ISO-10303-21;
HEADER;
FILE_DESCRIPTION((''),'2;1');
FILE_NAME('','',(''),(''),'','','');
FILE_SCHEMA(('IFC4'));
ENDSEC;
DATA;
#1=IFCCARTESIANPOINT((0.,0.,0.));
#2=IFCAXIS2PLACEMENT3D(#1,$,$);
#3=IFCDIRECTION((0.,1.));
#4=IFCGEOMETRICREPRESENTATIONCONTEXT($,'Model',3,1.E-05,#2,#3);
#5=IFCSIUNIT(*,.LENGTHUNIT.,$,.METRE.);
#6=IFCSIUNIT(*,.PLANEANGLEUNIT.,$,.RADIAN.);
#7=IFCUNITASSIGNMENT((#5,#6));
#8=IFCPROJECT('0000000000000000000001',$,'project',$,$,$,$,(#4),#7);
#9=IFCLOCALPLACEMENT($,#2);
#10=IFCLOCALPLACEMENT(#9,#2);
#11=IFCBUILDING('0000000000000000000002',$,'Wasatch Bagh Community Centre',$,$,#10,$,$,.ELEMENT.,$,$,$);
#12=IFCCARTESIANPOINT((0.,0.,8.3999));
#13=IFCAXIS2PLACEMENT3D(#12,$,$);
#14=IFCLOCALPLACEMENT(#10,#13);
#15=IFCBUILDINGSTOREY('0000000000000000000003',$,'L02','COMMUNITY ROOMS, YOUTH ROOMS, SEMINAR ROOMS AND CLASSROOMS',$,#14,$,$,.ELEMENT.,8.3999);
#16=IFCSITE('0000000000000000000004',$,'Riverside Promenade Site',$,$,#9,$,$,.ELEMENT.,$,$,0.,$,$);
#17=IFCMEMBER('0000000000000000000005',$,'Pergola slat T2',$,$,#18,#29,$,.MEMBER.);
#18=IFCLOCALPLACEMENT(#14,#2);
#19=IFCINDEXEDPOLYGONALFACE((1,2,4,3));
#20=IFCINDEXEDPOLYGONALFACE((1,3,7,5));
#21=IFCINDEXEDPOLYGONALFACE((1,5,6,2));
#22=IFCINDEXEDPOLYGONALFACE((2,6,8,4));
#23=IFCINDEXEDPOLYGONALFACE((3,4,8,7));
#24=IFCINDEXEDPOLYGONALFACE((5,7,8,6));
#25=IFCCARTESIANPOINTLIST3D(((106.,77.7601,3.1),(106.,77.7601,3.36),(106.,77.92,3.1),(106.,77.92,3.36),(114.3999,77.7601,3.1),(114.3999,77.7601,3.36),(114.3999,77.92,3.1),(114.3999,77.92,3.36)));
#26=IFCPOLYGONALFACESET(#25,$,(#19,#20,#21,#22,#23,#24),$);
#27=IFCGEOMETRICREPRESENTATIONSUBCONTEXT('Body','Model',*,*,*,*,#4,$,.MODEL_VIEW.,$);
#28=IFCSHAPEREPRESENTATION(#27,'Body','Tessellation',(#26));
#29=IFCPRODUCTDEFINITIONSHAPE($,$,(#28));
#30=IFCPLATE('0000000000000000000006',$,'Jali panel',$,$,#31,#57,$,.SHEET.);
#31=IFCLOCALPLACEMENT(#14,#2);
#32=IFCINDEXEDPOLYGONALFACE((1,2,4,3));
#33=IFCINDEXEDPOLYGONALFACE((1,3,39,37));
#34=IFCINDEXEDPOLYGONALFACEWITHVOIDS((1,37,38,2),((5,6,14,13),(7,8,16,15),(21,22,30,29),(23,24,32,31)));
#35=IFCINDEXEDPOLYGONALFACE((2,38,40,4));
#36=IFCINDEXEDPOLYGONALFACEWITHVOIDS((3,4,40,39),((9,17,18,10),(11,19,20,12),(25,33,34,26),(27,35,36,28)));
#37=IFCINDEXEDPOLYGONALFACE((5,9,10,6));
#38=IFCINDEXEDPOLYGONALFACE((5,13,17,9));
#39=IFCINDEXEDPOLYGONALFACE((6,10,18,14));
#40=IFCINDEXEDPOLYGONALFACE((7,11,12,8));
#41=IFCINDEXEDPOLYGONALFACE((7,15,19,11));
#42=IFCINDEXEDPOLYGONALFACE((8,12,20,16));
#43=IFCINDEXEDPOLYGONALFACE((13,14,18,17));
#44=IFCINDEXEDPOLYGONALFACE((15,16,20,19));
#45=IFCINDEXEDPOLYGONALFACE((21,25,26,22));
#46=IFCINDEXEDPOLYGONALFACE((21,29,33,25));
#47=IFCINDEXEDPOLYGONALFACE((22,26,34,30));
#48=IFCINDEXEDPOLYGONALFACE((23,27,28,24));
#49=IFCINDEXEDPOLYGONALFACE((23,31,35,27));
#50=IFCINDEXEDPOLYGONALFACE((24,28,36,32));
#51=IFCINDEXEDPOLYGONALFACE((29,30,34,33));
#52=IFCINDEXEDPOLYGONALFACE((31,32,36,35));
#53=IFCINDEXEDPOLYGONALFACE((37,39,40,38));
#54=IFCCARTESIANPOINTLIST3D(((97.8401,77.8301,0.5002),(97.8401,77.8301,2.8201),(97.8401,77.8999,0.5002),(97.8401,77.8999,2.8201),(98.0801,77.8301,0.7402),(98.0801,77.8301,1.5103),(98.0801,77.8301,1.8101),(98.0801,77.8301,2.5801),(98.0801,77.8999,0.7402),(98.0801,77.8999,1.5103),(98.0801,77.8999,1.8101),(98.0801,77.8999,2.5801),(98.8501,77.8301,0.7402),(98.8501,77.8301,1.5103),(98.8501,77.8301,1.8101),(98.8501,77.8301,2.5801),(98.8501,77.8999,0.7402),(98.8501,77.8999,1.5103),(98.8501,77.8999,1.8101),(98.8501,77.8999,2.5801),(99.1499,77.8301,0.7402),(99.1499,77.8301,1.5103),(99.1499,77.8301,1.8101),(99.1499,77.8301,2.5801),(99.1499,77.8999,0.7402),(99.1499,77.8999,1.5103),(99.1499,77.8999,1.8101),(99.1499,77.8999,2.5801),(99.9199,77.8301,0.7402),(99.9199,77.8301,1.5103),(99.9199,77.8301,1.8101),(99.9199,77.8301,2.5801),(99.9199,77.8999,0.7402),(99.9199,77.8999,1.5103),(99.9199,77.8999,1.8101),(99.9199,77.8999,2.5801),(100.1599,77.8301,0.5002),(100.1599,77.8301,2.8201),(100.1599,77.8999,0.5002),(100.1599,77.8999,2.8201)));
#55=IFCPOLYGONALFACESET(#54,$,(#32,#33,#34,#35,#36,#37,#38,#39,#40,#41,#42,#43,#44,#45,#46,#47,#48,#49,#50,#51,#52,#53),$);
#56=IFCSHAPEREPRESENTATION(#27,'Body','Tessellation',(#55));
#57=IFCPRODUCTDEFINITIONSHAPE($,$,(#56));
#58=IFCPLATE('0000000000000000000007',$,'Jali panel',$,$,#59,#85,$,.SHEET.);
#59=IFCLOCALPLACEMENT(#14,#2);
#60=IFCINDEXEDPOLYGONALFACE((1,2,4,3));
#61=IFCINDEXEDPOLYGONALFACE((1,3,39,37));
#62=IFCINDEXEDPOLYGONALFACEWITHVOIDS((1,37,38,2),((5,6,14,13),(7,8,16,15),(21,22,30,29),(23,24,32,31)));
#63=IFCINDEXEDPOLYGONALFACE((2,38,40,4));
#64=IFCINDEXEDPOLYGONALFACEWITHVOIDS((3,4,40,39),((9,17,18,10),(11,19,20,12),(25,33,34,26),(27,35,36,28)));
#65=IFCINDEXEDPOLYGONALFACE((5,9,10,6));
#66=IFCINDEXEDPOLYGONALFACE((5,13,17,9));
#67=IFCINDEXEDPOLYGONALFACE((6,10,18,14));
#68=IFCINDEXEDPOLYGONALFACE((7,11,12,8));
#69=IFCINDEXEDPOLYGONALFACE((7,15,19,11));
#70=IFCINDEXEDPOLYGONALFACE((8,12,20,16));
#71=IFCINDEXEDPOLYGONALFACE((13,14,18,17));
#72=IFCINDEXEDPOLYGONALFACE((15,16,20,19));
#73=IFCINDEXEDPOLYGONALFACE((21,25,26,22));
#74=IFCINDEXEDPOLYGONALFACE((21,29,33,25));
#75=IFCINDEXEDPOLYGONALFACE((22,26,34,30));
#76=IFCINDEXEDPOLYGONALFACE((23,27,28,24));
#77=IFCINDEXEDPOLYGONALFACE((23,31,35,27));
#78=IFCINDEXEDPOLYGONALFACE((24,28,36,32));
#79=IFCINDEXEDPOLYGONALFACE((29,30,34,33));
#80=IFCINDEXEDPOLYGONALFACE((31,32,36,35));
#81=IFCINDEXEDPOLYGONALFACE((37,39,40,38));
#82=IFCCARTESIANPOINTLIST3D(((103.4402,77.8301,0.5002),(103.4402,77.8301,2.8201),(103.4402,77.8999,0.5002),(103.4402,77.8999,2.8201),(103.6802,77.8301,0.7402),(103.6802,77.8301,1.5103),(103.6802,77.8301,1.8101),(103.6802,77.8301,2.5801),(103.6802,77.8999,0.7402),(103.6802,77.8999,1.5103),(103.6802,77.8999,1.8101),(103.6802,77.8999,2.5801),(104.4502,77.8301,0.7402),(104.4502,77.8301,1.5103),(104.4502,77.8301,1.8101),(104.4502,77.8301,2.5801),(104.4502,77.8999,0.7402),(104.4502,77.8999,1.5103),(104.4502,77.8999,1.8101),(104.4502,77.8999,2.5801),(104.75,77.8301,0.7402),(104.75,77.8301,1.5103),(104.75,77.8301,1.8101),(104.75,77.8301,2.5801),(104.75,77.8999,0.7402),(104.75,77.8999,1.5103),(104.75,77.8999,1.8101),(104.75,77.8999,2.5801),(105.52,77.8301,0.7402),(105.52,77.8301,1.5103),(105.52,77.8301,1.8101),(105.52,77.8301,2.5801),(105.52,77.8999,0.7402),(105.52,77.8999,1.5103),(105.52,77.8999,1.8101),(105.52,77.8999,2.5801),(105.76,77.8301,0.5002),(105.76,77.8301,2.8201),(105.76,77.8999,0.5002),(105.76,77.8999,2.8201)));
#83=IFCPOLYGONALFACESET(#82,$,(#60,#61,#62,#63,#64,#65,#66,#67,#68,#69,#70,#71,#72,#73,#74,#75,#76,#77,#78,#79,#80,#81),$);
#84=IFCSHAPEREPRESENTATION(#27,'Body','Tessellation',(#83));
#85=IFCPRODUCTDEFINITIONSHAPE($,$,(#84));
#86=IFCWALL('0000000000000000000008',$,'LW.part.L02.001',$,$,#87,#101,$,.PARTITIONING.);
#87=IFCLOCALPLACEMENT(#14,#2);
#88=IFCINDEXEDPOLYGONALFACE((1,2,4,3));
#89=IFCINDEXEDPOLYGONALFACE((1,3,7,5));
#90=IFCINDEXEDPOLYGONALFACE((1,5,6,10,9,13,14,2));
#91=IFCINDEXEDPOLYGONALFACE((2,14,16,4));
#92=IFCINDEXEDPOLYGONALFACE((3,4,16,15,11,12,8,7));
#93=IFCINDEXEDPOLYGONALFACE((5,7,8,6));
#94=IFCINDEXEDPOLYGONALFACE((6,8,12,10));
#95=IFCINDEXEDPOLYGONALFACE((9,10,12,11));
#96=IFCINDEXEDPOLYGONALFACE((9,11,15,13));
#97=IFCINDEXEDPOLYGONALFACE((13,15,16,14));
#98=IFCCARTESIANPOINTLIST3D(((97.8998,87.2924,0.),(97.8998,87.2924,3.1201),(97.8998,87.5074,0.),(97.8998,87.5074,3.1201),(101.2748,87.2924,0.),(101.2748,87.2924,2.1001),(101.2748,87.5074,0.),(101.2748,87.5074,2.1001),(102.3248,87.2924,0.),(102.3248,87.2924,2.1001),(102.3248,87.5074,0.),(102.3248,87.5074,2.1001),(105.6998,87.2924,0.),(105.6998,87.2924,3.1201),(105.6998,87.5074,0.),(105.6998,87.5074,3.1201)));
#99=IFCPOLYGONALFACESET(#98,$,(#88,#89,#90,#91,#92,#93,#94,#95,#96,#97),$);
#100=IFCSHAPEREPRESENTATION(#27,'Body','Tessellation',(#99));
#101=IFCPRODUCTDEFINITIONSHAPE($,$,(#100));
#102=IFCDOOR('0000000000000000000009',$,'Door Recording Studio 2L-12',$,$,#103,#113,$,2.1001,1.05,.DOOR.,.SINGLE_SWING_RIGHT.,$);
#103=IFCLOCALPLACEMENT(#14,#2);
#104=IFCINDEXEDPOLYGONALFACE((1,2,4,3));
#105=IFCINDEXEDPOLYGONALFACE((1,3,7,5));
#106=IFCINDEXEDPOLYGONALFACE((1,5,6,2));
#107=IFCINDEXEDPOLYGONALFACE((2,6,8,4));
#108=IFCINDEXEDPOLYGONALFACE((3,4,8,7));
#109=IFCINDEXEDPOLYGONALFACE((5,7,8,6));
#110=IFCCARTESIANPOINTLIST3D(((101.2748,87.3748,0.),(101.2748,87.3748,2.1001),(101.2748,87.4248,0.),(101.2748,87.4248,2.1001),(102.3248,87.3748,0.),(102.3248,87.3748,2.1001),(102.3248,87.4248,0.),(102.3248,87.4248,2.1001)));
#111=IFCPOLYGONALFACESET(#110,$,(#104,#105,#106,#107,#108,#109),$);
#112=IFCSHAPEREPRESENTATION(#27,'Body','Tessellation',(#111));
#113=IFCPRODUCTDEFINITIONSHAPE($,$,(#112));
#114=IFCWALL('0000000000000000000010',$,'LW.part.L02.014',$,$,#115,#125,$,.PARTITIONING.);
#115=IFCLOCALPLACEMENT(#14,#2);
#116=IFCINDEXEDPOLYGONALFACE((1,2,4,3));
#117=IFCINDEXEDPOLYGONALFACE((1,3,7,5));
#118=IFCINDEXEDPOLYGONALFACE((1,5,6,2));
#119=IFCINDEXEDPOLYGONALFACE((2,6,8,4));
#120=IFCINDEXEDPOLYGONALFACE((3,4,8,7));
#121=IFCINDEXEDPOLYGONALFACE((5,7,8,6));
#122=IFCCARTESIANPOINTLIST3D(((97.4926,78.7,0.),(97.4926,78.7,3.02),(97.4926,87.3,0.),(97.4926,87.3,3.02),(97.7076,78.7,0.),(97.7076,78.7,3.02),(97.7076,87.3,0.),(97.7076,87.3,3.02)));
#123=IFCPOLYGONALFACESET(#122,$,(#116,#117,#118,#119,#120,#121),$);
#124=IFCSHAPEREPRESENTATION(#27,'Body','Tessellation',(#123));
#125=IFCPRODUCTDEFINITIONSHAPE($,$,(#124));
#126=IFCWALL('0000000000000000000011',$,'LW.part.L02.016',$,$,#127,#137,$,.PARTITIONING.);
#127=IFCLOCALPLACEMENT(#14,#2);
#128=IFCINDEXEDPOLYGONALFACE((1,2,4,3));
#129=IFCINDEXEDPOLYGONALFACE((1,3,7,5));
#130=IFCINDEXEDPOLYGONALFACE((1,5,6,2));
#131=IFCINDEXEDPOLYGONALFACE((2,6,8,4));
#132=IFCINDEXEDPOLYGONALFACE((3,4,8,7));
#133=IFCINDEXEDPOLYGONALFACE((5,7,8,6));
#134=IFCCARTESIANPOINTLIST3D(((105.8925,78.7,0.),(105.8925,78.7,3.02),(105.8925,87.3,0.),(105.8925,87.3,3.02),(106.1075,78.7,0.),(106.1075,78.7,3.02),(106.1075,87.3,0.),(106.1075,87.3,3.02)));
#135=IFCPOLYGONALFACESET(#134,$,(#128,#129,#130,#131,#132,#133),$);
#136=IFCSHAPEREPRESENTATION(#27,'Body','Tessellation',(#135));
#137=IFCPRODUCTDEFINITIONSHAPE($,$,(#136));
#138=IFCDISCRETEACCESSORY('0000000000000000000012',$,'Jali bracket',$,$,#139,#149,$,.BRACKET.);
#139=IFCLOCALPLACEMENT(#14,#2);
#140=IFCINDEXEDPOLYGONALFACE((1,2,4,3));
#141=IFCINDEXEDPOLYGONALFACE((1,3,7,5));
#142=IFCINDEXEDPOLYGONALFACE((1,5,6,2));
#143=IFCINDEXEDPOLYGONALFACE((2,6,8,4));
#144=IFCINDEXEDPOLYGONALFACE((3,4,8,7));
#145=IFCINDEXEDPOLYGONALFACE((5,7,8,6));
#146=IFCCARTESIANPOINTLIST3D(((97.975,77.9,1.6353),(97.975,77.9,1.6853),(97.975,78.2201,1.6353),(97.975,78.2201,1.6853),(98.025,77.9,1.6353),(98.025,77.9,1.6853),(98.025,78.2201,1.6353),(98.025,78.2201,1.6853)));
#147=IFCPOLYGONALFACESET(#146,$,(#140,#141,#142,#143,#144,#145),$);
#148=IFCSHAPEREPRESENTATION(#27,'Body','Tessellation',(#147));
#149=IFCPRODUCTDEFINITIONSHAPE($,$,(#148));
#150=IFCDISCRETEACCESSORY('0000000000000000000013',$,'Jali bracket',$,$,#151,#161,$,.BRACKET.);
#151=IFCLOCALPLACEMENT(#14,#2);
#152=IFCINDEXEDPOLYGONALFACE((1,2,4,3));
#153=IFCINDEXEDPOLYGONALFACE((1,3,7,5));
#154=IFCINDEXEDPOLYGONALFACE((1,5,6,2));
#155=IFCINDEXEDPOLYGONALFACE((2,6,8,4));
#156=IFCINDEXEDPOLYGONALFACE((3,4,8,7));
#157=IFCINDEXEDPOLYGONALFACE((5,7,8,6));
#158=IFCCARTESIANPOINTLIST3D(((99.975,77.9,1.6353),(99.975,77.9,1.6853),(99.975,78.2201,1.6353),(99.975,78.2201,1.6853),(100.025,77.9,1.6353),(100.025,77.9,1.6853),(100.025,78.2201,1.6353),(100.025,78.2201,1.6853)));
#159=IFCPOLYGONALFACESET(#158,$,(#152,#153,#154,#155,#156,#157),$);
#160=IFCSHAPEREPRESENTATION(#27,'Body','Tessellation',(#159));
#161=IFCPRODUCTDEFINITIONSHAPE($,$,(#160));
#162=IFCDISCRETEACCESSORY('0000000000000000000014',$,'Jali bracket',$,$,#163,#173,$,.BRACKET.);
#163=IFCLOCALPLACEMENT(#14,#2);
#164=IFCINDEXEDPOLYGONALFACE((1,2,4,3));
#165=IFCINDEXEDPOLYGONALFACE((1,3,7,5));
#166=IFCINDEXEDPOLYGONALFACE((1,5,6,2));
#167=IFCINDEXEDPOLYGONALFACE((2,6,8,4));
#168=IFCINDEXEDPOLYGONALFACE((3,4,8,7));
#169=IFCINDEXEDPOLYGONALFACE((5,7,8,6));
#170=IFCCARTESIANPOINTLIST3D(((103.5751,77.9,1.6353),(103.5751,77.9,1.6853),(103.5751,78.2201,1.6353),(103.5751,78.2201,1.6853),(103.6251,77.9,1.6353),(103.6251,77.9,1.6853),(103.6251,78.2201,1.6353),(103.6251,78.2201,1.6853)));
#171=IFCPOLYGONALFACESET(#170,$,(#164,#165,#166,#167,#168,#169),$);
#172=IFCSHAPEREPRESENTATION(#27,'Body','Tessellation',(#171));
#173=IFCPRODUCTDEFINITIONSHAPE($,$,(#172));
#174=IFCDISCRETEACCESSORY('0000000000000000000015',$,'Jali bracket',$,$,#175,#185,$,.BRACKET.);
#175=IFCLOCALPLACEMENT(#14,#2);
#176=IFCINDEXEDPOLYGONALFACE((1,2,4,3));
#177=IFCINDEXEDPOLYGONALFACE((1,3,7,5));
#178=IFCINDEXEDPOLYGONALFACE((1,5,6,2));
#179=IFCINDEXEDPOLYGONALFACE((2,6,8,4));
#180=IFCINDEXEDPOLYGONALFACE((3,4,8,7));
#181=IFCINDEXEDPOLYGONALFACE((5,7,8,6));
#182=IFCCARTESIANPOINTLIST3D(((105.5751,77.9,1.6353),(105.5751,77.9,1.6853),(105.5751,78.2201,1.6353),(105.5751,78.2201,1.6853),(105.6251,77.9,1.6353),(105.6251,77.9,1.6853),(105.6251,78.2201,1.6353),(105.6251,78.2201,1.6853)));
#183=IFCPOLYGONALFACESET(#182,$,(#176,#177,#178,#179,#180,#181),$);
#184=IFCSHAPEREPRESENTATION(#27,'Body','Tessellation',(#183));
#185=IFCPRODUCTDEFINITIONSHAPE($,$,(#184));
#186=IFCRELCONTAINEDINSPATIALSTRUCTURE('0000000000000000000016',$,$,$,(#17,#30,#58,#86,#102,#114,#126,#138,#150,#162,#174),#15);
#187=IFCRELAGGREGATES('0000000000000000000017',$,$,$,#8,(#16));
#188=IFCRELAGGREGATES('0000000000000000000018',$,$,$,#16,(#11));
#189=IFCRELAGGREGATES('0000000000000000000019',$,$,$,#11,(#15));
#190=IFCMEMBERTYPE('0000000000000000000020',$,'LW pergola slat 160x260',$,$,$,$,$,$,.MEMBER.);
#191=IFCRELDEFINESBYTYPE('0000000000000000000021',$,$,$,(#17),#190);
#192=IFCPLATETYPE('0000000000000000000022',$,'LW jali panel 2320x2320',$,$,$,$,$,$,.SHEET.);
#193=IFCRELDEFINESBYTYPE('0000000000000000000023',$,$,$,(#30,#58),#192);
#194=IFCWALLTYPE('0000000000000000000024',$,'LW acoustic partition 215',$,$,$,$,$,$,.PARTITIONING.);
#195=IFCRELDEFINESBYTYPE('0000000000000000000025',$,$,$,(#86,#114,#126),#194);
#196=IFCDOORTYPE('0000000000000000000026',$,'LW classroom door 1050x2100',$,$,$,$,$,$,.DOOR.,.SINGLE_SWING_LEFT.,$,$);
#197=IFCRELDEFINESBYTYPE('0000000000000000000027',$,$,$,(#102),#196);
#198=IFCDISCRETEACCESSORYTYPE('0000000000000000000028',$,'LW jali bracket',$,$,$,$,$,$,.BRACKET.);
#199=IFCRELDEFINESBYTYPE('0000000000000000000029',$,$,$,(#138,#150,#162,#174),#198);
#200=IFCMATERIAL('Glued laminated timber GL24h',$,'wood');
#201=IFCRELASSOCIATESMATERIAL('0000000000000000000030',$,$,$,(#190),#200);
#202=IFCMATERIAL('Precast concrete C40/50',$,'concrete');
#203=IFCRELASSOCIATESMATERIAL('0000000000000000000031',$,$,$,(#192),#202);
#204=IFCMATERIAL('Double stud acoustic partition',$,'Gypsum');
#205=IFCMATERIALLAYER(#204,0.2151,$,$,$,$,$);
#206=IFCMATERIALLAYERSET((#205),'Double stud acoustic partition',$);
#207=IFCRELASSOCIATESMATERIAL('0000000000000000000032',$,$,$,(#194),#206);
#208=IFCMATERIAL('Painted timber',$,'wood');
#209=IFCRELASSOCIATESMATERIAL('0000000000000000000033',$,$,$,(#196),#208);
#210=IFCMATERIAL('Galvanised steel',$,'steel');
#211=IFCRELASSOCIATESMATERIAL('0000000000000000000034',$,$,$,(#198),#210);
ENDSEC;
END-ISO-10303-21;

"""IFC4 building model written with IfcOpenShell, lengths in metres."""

from ifc_helpers import new_model, si_unit, direction, frame, frame_2d, origin, origin_2d, place, context, subcontext, project, spatial, polyline, rectangle, outline, extrude, material, layer, layer_set, material_profile, profile_set, type_object, element, fill, save


model = new_model("IFC4")

# Units and contexts
model_context = context("Model", 3, precision=1e-05, world=origin(), true_north=direction((0.0, 1.0)))
body_context = subcontext(model_context, "Body", "Model", "MODEL_VIEW")
ifc_project = project(units=[si_unit("LENGTHUNIT", "METRE"), si_unit("PLANEANGLEUNIT", "RADIAN")], contexts=[model_context])

# Site, building, storey
site_placement = place(None, origin())
site = spatial("IfcSite", under=ifc_project, at=site_placement, Name="Riverside Promenade Site", CompositionType="ELEMENT", RefElevation=0.0)
building_placement = place(site_placement, origin())
building = spatial("IfcBuilding", under=site, at=building_placement, Name="Wasatch Bagh Community Centre", CompositionType="ELEMENT")
storey_placement = place(building_placement, frame((0.0, 0.0, 8.3999)))
storey = spatial("IfcBuildingStorey", under=building, at=storey_placement, Name="L02", Description="COMMUNITY ROOMS, YOUTH ROOMS, SEMINAR ROOMS AND CLASSROOMS", CompositionType="ELEMENT", Elevation=8.3999)

# Member
ifc_material_1 = material(Name="Glued laminated timber GL24h", Category="wood")
ifc_material_profile_1 = material_profile(ifc_material_1, rectangle(XDim=0.1599, YDim=0.26, at=origin_2d()), Name="GL 160x260")
ifc_profile_set_1 = profile_set([ifc_material_profile_1], Name="Glued laminated timber GL24h")
member_type = type_object("IfcMemberType", Name="LW pergola slat 160x260", PredefinedType="MEMBER", material=ifc_profile_set_1)
for number, where, z_axis, x_axis, name in (
    (1, (106.0, 77.8401, 3.23), (1.0, 0.0, 0.0), (0.0, 1.0, 0.0), "Pergola slat T2"),
):
    element("IfcMember", number, at=place(storey_placement, frame(where, z_axis=z_axis, x_axis=x_axis)), inside=storey, type_object=member_type, Name=name, PredefinedType="MEMBER", context=body_context, shape_type="SweptSolid", body=[
        extrude(rectangle(XDim=0.1599, YDim=0.26, at=origin_2d()), origin(), (0.0, 0.0, 1.0), 8.3999),
    ])

# Plates
ifc_material_2 = material(Name="Precast concrete C40/50", Category="concrete")
ifc_material_profile_2 = material_profile(ifc_material_2, outline(polyline([(-1.1599, -1.1599), (1.1599, -1.1599), (1.1599, 1.1599), (-1.1599, 1.1599), (-1.1599, -1.1599)]), holes=[polyline([(-0.9199, -0.9199), (-0.1499, -0.9199), (-0.1499, -0.1499), (-0.9199, -0.1499), (-0.9199, -0.9199)]), polyline([(-0.9199, 0.1499), (-0.1499, 0.1499), (-0.1499, 0.9199), (-0.9199, 0.9199), (-0.9199, 0.1499)]), polyline([(0.1499, -0.9199), (0.9199, -0.9199), (0.9199, -0.1499), (0.1499, -0.1499), (0.1499, -0.9199)]), polyline([(0.1499, 0.1499), (0.9199, 0.1499), (0.9199, 0.9199), (0.1499, 0.9199), (0.1499, 0.1499)])]), Name="Jali lattice")
ifc_profile_set_2 = profile_set([ifc_material_profile_2], Name="Precast concrete C40/50")
plate_type = type_object("IfcPlateType", Name="LW jali panel 2320x2320", PredefinedType="SHEET", material=ifc_profile_set_2)
for number, where, z_axis, x_axis, name in (
    (2, (99.0, 77.8999, 1.6602), (0.0, -1.0, 0.0), (1.0, 0.0, 0.0), "Jali panel"),
    (3, (104.6001, 77.8999, 1.6602), (0.0, -1.0, 0.0), (1.0, 0.0, 0.0), "Jali panel"),
):
    element("IfcPlate", number, at=place(storey_placement, frame(where, z_axis=z_axis, x_axis=x_axis)), inside=storey, type_object=plate_type, Name=name, PredefinedType="SHEET", context=body_context, shape_type="SweptSolid", body=[
        extrude(outline(polyline([(-1.1599, -1.1599), (1.1599, -1.1599), (1.1599, 1.1599), (-1.1599, 1.1599), (-1.1599, -1.1599)]), holes=[polyline([(-0.9199, -0.9199), (-0.1499, -0.9199), (-0.1499, -0.1499), (-0.9199, -0.1499), (-0.9199, -0.9199)]), polyline([(-0.9199, 0.1499), (-0.1499, 0.1499), (-0.1499, 0.9199), (-0.9199, 0.9199), (-0.9199, 0.1499)]), polyline([(0.1499, -0.9199), (0.9199, -0.9199), (0.9199, -0.1499), (0.1499, -0.1499), (0.1499, -0.9199)]), polyline([(0.1499, 0.1499), (0.9199, 0.1499), (0.9199, 0.9199), (0.1499, 0.9199), (0.1499, 0.1499)])]), origin(), (0.0, 0.0, 1.0), 0.0698),
    ])

# Wall, opening, door
ifc_material_3 = material(Name="Double stud acoustic partition", Category="Gypsum")
ifc_layer_1 = layer(ifc_material_3, 0.2151)
ifc_layer_set_1 = layer_set([ifc_layer_1], Name="Double stud acoustic partition")
wall_type_1 = type_object("IfcWallType", Name="LW acoustic partition 215", PredefinedType="PARTITIONING", material=ifc_layer_set_1)
wall_1_placement = place(storey_placement, frame((97.8999, 87.3999, 0.0), z_axis=(0.0, 0.0, 1.0), x_axis=(1.0, 0.0, 0.0)))
wall_1 = element("IfcWall", 4, at=wall_1_placement, inside=storey, type_object=wall_type_1, Name="LW.part.L02.001", PredefinedType="PARTITIONING", context=body_context, shape_type="SweptSolid", body=[
    extrude(rectangle(XDim=7.8, YDim=0.2151, at=frame_2d((3.8999, 0.0))), origin(), (0.0, 0.0, 1.0), 3.1201),
])
opening_1_placement = place(wall_1_placement, frame((3.375, 0.0, 0.0)))
opening_1 = element("IfcOpeningElement", 5, at=opening_1_placement, cuts=wall_1, PredefinedType="OPENING", context=body_context, shape_type="SweptSolid", body=[
    extrude(rectangle(XDim=1.05, YDim=2.1001, at=frame_2d((0.5249, 1.05))), frame((0.0, 0.1174, 0.0), z_axis=(0.0, -1.0, 0.0), x_axis=(1.0, 0.0, 0.0)), (0.0, 0.0, 1.0), 0.2351),
])
ifc_material_4 = material(Name="Painted timber", Category="wood")
door_type_1 = type_object("IfcDoorType", Name="LW classroom door 1050x2100", OperationType="SINGLE_SWING_LEFT", PredefinedType="DOOR", material=ifc_material_4)
door_1_placement = place(opening_1_placement, origin())
door_1 = element("IfcDoor", 6, at=door_1_placement, inside=storey, type_object=door_type_1, Name="Door Recording Studio 2L-12", OperationType="SINGLE_SWING_RIGHT", OverallHeight=2.1001, OverallWidth=1.05, PredefinedType="DOOR", context=body_context, shape_type="SweptSolid", body=[
    extrude(rectangle(XDim=1.05, YDim=2.1001, at=frame_2d((0.5249, 1.05))), frame((0.0, 0.0249, 0.0), z_axis=(0.0, -1.0, 0.0), x_axis=(1.0, 0.0, 0.0)), (0.0, 0.0, 1.0), 0.05),
])
fill(opening_1, door_1)

# Walls
for number, where, z_axis, x_axis, name in (
    (7, (97.6001, 78.7, 0.0), (0.0, 0.0, 1.0), (0.0, 1.0, 0.0), "LW.part.L02.014"),
    (8, (106.0, 78.7, 0.0), (0.0, 0.0, 1.0), (0.0, 1.0, 0.0), "LW.part.L02.016"),
):
    element("IfcWall", number, at=place(storey_placement, frame(where, z_axis=z_axis, x_axis=x_axis)), inside=storey, type_object=wall_type_1, Name=name, PredefinedType="PARTITIONING", context=body_context, shape_type="SweptSolid", body=[
        extrude(rectangle(XDim=8.6001, YDim=0.2151, at=frame_2d((4.3, 0.0))), origin(), (0.0, 0.0, 1.0), 3.02),
    ])

# Discrete accessories
ifc_material_5 = material(Name="Galvanised steel", Category="steel")
discrete_accessory_type = type_object("IfcDiscreteAccessoryType", Name="LW jali bracket", PredefinedType="BRACKET", material=ifc_material_5)
for number, where, z_axis, x_axis, name in (
    (9, (98.0, 78.0601, 1.6353), (0.0, 0.0, 1.0), (1.0, 0.0, 0.0), "Jali bracket"),
    (10, (100.0, 78.0601, 1.6353), (0.0, 0.0, 1.0), (1.0, 0.0, 0.0), "Jali bracket"),
    (11, (103.6001, 78.0601, 1.6353), (0.0, 0.0, 1.0), (1.0, 0.0, 0.0), "Jali bracket"),
    (12, (105.6001, 78.0601, 1.6353), (0.0, 0.0, 1.0), (1.0, 0.0, 0.0), "Jali bracket"),
):
    element("IfcDiscreteAccessory", number, at=place(storey_placement, frame(where, z_axis=z_axis, x_axis=x_axis)), inside=storey, type_object=discrete_accessory_type, Name=name, PredefinedType="BRACKET", context=body_context, shape_type="SweptSolid", body=[
        extrude(rectangle(XDim=0.05, YDim=0.3201, at=origin_2d()), origin(), (0.0, 0.0, 1.0), 0.05),
    ])

save(model, "model.ifc")
